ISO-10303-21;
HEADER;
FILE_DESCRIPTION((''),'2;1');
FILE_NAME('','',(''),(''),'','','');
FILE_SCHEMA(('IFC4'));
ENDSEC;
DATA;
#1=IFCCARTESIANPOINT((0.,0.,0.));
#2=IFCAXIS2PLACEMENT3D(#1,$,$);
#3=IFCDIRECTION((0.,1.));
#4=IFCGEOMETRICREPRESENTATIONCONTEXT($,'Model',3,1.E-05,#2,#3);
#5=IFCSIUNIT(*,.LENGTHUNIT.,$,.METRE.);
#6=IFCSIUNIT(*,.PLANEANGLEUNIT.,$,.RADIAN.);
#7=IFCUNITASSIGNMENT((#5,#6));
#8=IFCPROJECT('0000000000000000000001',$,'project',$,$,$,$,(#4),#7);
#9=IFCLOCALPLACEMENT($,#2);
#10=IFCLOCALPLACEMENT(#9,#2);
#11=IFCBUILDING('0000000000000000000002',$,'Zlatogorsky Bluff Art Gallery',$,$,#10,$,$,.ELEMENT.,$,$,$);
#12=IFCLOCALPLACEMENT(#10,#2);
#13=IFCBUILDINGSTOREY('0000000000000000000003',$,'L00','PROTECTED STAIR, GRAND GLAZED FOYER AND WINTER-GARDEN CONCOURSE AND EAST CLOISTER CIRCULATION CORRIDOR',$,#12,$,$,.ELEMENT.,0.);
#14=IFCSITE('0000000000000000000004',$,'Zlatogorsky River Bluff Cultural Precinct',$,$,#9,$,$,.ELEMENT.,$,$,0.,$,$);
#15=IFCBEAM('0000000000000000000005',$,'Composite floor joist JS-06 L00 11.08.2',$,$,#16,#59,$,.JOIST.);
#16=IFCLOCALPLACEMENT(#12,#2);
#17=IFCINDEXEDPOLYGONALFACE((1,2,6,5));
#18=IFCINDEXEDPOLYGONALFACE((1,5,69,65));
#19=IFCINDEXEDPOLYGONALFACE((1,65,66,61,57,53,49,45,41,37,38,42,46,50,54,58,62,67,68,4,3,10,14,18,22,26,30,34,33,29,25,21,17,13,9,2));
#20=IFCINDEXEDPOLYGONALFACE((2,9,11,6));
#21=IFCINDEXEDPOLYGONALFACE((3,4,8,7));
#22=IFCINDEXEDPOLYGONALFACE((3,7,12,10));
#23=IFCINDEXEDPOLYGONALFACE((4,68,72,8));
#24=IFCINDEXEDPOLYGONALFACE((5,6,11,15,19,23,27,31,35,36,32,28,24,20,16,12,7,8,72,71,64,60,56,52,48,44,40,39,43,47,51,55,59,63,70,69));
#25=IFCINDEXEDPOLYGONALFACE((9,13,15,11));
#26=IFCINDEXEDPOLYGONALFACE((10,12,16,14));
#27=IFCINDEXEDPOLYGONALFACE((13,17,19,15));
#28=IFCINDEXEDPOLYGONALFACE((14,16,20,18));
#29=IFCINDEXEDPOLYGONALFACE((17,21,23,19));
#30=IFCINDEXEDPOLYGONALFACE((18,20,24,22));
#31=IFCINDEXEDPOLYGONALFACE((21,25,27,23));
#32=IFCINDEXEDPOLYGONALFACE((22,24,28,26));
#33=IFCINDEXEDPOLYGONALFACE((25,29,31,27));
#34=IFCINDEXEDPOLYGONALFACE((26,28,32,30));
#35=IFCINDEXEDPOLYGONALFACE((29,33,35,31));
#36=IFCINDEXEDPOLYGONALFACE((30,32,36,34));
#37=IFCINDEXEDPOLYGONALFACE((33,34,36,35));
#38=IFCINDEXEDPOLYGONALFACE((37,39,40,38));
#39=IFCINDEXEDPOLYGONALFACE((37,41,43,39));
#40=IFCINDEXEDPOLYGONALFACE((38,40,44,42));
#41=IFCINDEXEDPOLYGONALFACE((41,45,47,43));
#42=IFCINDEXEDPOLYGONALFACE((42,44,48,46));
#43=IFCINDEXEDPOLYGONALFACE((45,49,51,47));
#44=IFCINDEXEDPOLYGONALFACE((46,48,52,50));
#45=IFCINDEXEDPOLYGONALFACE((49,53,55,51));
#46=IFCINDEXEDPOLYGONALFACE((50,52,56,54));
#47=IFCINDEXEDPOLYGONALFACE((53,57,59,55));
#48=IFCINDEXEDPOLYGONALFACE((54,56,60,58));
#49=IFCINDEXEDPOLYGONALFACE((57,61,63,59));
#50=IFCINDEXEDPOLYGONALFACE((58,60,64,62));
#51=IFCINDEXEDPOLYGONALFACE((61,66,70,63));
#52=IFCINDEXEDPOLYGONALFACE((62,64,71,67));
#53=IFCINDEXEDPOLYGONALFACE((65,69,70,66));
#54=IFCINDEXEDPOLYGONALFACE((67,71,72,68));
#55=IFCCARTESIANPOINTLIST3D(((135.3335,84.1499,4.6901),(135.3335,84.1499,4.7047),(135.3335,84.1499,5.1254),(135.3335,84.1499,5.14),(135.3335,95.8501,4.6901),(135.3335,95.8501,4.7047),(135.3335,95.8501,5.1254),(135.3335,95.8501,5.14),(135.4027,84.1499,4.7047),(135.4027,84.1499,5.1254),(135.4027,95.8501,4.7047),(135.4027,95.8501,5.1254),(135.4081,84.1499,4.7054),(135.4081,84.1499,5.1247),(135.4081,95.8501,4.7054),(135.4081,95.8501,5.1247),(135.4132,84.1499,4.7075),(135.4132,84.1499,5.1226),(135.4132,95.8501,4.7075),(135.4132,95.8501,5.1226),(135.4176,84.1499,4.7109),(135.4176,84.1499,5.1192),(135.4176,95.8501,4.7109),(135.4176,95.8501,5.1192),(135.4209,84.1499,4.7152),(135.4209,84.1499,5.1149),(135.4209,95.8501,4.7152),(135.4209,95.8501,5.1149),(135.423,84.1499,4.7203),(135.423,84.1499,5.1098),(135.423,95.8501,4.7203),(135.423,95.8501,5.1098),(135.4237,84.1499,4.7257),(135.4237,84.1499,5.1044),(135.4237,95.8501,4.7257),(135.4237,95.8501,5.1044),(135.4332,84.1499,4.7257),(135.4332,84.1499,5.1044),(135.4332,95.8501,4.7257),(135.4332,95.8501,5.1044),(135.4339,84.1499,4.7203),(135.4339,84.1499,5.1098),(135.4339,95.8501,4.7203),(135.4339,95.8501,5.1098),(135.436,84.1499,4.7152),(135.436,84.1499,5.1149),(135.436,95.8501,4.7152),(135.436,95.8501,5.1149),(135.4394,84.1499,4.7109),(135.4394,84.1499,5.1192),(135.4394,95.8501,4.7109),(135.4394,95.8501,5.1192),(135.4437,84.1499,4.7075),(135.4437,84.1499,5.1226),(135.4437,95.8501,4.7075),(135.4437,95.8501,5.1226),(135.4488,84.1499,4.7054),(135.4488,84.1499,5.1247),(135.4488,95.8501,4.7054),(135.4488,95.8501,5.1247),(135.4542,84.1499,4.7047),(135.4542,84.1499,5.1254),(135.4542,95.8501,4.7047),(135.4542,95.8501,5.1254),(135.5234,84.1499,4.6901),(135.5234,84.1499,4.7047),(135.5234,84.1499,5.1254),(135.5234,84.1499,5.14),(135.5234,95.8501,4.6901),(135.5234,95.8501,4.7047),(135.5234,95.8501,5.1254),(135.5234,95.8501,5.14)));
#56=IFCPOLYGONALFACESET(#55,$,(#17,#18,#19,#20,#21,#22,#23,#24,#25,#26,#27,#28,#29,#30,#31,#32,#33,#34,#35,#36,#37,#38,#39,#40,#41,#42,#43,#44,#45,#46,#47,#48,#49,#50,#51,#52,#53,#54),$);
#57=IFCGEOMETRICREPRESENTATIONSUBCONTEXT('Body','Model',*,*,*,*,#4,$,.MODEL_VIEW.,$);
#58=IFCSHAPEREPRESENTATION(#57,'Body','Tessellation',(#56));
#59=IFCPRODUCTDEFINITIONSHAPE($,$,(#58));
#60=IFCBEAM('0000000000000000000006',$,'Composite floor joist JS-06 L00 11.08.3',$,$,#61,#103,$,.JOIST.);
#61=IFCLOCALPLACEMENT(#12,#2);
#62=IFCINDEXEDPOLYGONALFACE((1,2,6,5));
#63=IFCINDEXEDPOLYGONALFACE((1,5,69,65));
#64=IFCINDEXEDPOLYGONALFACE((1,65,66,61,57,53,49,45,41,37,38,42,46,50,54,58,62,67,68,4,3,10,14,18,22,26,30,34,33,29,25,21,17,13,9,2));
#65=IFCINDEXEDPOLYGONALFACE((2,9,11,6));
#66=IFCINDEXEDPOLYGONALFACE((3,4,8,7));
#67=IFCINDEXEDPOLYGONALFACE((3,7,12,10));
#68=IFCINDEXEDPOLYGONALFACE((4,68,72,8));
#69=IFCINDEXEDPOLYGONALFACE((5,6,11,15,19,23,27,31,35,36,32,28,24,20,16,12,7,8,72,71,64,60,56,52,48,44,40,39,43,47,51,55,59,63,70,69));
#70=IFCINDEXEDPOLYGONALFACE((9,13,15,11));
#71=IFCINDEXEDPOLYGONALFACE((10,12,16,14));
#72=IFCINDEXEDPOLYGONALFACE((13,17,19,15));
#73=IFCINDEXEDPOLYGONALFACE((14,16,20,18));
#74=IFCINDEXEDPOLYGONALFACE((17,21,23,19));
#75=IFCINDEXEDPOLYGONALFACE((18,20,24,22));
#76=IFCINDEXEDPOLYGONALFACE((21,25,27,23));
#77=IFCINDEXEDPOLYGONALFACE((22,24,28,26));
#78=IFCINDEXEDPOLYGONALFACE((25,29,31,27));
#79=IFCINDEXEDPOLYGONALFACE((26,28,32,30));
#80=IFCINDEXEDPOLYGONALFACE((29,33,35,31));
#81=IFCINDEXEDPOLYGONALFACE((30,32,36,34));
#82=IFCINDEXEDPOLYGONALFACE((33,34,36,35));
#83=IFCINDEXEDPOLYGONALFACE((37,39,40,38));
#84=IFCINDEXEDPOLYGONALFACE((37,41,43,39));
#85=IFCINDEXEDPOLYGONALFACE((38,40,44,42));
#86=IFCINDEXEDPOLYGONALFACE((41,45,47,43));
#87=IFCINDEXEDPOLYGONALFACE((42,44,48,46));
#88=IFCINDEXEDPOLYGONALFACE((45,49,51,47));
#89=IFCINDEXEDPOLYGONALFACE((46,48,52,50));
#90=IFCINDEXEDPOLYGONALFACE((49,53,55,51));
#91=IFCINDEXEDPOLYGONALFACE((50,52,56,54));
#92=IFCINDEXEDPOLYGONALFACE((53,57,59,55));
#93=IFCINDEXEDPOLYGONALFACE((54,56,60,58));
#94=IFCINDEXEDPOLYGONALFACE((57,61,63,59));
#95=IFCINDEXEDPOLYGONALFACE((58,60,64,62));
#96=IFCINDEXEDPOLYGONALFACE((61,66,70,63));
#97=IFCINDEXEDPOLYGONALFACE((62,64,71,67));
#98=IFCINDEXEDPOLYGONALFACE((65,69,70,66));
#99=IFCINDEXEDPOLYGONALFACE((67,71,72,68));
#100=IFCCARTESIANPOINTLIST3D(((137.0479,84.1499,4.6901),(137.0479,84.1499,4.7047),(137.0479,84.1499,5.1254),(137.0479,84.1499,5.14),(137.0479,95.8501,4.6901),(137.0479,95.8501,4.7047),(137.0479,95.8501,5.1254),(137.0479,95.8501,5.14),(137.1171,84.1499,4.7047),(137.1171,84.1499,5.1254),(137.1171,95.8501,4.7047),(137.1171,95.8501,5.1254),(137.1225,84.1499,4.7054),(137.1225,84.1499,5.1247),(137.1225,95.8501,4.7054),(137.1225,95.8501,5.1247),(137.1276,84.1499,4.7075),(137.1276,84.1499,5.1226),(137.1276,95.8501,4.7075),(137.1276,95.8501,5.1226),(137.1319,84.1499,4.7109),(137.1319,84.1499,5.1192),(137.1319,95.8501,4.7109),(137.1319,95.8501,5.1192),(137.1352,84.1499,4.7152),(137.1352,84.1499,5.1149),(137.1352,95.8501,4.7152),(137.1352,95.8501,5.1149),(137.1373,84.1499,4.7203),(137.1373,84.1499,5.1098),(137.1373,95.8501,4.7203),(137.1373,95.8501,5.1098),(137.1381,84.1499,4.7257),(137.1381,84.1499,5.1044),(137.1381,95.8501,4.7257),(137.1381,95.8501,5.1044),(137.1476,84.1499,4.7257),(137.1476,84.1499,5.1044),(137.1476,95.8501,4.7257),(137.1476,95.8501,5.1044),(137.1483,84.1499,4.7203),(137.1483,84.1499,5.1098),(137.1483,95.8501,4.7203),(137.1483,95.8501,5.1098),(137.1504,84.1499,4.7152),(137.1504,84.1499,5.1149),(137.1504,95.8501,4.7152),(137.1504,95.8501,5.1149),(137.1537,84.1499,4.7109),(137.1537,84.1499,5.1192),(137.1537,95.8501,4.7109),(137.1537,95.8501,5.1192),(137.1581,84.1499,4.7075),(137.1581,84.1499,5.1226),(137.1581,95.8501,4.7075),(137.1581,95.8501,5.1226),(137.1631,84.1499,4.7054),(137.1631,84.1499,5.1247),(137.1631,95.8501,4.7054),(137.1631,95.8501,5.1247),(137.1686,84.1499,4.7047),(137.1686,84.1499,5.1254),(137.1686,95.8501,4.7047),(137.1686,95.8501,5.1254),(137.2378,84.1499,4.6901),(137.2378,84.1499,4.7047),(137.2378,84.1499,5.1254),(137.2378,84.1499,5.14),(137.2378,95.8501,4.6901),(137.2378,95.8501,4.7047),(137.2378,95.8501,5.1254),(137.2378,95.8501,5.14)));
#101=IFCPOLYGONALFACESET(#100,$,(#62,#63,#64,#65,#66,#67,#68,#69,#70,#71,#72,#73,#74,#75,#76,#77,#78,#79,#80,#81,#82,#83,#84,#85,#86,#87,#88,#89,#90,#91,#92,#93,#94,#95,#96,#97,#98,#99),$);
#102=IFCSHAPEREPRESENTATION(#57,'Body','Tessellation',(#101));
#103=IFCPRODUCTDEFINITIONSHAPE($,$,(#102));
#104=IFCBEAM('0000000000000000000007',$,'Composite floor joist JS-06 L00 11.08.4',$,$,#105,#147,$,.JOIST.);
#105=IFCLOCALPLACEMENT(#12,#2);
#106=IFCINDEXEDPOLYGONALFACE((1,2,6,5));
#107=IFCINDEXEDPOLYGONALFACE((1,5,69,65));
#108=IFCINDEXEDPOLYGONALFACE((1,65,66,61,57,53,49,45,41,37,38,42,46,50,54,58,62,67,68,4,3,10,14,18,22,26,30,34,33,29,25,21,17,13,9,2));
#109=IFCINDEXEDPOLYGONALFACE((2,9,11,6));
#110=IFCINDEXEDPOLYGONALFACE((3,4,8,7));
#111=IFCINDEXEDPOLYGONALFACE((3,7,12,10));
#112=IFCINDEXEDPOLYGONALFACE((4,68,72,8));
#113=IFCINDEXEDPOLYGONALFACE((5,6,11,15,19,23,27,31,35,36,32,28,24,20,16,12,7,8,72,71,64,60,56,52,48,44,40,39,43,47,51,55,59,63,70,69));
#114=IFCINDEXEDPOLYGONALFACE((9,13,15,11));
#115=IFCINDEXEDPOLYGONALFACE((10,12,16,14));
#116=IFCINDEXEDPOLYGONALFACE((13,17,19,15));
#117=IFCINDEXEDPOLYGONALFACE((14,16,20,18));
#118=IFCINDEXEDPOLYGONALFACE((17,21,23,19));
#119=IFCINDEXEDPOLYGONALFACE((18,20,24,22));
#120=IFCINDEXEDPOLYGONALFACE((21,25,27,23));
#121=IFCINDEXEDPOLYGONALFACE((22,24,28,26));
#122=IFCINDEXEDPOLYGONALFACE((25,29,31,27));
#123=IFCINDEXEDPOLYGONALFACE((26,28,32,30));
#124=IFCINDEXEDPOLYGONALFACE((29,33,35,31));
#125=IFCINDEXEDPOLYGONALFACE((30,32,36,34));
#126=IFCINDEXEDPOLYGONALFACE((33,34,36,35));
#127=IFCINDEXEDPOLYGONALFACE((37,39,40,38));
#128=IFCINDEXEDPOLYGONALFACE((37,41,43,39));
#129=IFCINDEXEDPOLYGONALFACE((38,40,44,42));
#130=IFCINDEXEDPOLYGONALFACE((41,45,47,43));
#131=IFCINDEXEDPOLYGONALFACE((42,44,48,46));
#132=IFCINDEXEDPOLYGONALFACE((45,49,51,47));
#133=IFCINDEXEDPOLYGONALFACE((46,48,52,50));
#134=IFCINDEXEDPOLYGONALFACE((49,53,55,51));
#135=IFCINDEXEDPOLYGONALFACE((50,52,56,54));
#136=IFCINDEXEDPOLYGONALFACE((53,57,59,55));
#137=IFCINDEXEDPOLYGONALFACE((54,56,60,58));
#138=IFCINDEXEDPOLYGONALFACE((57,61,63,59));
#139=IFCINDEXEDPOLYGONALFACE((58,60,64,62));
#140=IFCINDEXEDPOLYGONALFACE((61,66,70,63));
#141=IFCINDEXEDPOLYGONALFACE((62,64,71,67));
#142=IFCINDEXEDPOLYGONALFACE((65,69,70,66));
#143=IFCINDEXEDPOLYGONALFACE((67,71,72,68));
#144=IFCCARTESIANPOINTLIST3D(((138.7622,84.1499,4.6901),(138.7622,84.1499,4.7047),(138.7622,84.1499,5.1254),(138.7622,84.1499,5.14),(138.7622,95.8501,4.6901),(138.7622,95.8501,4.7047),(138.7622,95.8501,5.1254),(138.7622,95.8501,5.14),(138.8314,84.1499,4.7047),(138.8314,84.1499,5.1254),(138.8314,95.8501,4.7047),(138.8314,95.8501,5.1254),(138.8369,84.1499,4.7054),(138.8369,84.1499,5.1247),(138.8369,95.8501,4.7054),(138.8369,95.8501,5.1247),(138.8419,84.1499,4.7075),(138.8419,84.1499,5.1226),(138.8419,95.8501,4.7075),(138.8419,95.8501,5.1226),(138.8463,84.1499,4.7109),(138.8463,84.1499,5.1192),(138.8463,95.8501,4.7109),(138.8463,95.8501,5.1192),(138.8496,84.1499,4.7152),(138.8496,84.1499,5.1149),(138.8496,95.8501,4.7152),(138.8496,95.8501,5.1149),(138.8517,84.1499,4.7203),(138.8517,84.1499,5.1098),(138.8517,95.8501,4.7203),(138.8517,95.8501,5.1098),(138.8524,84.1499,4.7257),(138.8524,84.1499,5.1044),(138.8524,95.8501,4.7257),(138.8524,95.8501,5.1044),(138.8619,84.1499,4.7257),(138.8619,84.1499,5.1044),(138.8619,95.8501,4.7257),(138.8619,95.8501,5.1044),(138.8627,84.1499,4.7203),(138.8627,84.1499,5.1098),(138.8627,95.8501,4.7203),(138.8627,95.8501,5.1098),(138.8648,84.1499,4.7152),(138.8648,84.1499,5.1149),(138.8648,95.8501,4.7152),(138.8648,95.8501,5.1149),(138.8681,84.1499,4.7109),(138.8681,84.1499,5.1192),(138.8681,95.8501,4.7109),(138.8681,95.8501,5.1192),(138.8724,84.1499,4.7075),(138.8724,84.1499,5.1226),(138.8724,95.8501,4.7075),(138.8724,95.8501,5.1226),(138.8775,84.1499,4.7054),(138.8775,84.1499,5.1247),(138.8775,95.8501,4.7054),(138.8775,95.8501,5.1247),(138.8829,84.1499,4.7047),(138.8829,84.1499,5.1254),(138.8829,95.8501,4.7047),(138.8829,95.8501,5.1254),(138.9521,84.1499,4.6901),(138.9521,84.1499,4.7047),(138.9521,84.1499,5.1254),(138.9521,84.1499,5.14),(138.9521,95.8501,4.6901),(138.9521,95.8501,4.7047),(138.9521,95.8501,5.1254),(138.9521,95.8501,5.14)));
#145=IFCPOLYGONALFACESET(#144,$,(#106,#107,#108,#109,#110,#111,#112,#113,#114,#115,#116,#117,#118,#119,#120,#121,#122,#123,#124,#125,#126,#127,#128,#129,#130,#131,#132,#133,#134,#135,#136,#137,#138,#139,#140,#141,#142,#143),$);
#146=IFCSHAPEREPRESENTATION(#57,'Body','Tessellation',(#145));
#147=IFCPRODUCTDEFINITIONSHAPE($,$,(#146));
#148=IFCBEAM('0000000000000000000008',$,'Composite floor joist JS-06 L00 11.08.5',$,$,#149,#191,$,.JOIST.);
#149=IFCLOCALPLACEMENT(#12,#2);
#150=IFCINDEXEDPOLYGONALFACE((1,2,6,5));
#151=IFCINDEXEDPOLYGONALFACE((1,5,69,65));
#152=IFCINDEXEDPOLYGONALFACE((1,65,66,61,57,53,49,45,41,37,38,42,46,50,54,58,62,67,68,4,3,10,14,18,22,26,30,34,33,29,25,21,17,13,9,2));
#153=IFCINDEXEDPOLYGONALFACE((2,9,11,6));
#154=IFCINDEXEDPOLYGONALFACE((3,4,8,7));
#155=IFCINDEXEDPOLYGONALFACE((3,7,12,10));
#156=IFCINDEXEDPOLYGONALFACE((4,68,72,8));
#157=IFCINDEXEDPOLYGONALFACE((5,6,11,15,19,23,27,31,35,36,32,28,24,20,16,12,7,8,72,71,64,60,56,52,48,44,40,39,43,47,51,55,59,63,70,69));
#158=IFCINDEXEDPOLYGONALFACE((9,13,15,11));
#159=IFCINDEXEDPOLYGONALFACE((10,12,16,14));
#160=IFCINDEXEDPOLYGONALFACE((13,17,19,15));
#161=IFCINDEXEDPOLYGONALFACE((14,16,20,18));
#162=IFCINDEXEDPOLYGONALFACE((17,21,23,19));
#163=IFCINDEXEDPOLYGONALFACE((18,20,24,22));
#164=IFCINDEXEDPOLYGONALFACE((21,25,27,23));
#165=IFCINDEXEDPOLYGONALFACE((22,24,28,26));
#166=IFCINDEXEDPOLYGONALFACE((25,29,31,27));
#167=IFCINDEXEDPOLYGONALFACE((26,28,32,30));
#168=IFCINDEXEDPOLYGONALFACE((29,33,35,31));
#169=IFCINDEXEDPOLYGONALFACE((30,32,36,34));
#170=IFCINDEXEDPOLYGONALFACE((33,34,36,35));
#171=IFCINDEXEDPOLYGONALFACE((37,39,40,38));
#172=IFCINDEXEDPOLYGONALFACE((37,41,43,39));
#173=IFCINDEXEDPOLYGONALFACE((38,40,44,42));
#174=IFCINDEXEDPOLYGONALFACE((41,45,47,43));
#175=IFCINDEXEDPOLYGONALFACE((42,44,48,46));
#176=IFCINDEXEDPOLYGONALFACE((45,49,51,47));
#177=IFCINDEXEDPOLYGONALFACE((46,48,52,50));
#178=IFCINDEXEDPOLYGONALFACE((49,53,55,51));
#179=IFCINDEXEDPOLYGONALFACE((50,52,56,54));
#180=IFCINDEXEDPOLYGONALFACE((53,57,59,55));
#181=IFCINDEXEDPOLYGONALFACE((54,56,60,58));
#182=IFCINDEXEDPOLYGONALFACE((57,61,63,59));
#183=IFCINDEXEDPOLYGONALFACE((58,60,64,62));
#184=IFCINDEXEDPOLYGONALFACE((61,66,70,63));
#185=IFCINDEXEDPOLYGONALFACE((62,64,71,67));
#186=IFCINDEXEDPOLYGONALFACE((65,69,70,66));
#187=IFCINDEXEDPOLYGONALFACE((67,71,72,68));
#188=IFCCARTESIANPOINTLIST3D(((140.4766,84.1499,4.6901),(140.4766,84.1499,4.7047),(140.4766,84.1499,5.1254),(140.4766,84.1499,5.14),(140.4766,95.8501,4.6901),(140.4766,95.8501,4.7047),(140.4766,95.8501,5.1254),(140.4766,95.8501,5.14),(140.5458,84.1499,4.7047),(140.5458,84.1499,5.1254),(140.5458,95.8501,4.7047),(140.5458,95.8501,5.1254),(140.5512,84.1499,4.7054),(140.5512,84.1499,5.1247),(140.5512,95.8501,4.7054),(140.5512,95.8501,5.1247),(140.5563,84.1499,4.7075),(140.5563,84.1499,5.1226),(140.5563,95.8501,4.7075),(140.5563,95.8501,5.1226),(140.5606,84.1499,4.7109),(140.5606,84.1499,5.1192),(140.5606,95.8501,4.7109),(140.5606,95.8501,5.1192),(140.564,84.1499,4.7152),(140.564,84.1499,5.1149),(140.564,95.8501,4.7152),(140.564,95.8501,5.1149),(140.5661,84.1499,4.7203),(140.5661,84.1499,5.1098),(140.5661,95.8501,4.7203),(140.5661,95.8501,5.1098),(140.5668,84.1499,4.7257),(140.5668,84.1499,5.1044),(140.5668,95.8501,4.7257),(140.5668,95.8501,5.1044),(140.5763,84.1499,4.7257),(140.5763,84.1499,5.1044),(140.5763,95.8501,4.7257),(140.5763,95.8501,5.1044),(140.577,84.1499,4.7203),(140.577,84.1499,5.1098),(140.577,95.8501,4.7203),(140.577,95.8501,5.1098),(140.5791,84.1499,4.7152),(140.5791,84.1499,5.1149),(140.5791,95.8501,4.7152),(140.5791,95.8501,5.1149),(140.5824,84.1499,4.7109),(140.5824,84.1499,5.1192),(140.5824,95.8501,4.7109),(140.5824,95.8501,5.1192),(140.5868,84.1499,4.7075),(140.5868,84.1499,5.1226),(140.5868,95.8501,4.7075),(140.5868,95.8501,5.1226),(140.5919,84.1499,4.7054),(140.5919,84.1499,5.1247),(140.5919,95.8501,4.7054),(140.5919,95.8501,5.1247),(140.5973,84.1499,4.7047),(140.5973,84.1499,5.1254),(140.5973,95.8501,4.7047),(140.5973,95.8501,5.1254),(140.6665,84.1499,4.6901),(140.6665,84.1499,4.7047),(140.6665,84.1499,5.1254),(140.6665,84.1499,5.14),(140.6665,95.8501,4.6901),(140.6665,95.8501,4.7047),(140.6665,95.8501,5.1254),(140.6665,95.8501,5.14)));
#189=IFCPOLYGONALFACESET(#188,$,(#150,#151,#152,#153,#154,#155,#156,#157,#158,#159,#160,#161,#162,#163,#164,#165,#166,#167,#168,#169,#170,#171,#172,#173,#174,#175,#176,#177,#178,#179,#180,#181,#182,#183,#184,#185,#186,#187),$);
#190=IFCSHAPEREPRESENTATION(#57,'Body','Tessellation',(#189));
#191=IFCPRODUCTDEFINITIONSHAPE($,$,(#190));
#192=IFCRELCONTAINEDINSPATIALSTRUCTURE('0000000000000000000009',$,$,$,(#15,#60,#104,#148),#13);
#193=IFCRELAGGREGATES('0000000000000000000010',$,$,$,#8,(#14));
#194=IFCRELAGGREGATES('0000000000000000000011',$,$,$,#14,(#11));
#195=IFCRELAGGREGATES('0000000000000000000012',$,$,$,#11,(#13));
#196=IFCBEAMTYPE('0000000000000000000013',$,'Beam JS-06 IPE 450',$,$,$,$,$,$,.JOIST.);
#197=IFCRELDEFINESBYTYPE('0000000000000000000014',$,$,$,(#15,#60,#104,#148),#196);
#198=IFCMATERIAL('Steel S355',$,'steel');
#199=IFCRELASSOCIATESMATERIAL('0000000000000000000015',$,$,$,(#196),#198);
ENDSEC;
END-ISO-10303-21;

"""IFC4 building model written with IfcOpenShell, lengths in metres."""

from ifc_helpers import new_model, si_unit, direction, frame, origin, origin_2d, place, context, subcontext, project, spatial, i_section, extrude, material, material_profile, profile_set, type_object, element, save


model = new_model("IFC4")

# Units and contexts
model_context = context("Model", 3, precision=1e-05, world=origin(), true_north=direction((0.0, 1.0)))
body_context = subcontext(model_context, "Body", "Model", "MODEL_VIEW")
ifc_project = project(units=[si_unit("LENGTHUNIT", "METRE"), si_unit("PLANEANGLEUNIT", "RADIAN")], contexts=[model_context])

# Site, building, storey
site_placement = place(None, origin())
site = spatial("IfcSite", under=ifc_project, at=site_placement, Name="Zlatogorsky River Bluff Cultural Precinct", CompositionType="ELEMENT", RefElevation=0.0)
building_placement = place(site_placement, origin())
building = spatial("IfcBuilding", under=site, at=building_placement, Name="Zlatogorsky Bluff Art Gallery", CompositionType="ELEMENT")
storey_placement = place(building_placement, origin())
storey = spatial("IfcBuildingStorey", under=building, at=storey_placement, Name="L00", Description="PROTECTED STAIR, GRAND GLAZED FOYER AND WINTER-GARDEN CONCOURSE AND EAST CLOISTER CIRCULATION CORRIDOR", CompositionType="ELEMENT", Elevation=0.0)

# Beams
ifc_material_1 = material(Name="Steel S355", Category="steel")
ifc_material_profile_1 = material_profile(ifc_material_1, i_section(OverallWidth=0.1899, OverallDepth=0.45, WebThickness=0.0095, FlangeThickness=0.0146, FilletRadius=0.021, at=origin_2d()), Name="IPE 450")
ifc_profile_set_1 = profile_set([ifc_material_profile_1], Name="Steel S355")
beam_type = type_object("IfcBeamType", Name="Beam JS-06 IPE 450", PredefinedType="JOIST", material=ifc_profile_set_1)
for number, where, z_axis, x_axis, name in (
    (1, (135.4285, 84.1499, 4.915), (0.0, 1.0, 0.0), (-1.0, 0.0, 0.0), "Composite floor joist JS-06 L00 11.08.2"),
    (2, (137.1428, 84.1499, 4.915), (0.0, 1.0, 0.0), (-1.0, 0.0, 0.0), "Composite floor joist JS-06 L00 11.08.3"),
    (3, (138.8572, 84.1499, 4.915), (0.0, 1.0, 0.0), (-1.0, 0.0, 0.0), "Composite floor joist JS-06 L00 11.08.4"),
    (4, (140.5715, 84.1499, 4.915), (0.0, 1.0, 0.0), (-1.0, 0.0, 0.0), "Composite floor joist JS-06 L00 11.08.5"),
):
    element("IfcBeam", number, at=place(storey_placement, frame(where, z_axis=z_axis, x_axis=x_axis)), inside=storey, type_object=beam_type, Name=name, PredefinedType="JOIST", context=body_context, shape_type="SweptSolid", body=[
        extrude(i_section(OverallWidth=0.1899, OverallDepth=0.45, WebThickness=0.0095, FlangeThickness=0.0146, FilletRadius=0.021, at=origin_2d()), origin(), (0.0, 0.0, 1.0), 11.7002),
    ])

save(model, "model.ifc")
